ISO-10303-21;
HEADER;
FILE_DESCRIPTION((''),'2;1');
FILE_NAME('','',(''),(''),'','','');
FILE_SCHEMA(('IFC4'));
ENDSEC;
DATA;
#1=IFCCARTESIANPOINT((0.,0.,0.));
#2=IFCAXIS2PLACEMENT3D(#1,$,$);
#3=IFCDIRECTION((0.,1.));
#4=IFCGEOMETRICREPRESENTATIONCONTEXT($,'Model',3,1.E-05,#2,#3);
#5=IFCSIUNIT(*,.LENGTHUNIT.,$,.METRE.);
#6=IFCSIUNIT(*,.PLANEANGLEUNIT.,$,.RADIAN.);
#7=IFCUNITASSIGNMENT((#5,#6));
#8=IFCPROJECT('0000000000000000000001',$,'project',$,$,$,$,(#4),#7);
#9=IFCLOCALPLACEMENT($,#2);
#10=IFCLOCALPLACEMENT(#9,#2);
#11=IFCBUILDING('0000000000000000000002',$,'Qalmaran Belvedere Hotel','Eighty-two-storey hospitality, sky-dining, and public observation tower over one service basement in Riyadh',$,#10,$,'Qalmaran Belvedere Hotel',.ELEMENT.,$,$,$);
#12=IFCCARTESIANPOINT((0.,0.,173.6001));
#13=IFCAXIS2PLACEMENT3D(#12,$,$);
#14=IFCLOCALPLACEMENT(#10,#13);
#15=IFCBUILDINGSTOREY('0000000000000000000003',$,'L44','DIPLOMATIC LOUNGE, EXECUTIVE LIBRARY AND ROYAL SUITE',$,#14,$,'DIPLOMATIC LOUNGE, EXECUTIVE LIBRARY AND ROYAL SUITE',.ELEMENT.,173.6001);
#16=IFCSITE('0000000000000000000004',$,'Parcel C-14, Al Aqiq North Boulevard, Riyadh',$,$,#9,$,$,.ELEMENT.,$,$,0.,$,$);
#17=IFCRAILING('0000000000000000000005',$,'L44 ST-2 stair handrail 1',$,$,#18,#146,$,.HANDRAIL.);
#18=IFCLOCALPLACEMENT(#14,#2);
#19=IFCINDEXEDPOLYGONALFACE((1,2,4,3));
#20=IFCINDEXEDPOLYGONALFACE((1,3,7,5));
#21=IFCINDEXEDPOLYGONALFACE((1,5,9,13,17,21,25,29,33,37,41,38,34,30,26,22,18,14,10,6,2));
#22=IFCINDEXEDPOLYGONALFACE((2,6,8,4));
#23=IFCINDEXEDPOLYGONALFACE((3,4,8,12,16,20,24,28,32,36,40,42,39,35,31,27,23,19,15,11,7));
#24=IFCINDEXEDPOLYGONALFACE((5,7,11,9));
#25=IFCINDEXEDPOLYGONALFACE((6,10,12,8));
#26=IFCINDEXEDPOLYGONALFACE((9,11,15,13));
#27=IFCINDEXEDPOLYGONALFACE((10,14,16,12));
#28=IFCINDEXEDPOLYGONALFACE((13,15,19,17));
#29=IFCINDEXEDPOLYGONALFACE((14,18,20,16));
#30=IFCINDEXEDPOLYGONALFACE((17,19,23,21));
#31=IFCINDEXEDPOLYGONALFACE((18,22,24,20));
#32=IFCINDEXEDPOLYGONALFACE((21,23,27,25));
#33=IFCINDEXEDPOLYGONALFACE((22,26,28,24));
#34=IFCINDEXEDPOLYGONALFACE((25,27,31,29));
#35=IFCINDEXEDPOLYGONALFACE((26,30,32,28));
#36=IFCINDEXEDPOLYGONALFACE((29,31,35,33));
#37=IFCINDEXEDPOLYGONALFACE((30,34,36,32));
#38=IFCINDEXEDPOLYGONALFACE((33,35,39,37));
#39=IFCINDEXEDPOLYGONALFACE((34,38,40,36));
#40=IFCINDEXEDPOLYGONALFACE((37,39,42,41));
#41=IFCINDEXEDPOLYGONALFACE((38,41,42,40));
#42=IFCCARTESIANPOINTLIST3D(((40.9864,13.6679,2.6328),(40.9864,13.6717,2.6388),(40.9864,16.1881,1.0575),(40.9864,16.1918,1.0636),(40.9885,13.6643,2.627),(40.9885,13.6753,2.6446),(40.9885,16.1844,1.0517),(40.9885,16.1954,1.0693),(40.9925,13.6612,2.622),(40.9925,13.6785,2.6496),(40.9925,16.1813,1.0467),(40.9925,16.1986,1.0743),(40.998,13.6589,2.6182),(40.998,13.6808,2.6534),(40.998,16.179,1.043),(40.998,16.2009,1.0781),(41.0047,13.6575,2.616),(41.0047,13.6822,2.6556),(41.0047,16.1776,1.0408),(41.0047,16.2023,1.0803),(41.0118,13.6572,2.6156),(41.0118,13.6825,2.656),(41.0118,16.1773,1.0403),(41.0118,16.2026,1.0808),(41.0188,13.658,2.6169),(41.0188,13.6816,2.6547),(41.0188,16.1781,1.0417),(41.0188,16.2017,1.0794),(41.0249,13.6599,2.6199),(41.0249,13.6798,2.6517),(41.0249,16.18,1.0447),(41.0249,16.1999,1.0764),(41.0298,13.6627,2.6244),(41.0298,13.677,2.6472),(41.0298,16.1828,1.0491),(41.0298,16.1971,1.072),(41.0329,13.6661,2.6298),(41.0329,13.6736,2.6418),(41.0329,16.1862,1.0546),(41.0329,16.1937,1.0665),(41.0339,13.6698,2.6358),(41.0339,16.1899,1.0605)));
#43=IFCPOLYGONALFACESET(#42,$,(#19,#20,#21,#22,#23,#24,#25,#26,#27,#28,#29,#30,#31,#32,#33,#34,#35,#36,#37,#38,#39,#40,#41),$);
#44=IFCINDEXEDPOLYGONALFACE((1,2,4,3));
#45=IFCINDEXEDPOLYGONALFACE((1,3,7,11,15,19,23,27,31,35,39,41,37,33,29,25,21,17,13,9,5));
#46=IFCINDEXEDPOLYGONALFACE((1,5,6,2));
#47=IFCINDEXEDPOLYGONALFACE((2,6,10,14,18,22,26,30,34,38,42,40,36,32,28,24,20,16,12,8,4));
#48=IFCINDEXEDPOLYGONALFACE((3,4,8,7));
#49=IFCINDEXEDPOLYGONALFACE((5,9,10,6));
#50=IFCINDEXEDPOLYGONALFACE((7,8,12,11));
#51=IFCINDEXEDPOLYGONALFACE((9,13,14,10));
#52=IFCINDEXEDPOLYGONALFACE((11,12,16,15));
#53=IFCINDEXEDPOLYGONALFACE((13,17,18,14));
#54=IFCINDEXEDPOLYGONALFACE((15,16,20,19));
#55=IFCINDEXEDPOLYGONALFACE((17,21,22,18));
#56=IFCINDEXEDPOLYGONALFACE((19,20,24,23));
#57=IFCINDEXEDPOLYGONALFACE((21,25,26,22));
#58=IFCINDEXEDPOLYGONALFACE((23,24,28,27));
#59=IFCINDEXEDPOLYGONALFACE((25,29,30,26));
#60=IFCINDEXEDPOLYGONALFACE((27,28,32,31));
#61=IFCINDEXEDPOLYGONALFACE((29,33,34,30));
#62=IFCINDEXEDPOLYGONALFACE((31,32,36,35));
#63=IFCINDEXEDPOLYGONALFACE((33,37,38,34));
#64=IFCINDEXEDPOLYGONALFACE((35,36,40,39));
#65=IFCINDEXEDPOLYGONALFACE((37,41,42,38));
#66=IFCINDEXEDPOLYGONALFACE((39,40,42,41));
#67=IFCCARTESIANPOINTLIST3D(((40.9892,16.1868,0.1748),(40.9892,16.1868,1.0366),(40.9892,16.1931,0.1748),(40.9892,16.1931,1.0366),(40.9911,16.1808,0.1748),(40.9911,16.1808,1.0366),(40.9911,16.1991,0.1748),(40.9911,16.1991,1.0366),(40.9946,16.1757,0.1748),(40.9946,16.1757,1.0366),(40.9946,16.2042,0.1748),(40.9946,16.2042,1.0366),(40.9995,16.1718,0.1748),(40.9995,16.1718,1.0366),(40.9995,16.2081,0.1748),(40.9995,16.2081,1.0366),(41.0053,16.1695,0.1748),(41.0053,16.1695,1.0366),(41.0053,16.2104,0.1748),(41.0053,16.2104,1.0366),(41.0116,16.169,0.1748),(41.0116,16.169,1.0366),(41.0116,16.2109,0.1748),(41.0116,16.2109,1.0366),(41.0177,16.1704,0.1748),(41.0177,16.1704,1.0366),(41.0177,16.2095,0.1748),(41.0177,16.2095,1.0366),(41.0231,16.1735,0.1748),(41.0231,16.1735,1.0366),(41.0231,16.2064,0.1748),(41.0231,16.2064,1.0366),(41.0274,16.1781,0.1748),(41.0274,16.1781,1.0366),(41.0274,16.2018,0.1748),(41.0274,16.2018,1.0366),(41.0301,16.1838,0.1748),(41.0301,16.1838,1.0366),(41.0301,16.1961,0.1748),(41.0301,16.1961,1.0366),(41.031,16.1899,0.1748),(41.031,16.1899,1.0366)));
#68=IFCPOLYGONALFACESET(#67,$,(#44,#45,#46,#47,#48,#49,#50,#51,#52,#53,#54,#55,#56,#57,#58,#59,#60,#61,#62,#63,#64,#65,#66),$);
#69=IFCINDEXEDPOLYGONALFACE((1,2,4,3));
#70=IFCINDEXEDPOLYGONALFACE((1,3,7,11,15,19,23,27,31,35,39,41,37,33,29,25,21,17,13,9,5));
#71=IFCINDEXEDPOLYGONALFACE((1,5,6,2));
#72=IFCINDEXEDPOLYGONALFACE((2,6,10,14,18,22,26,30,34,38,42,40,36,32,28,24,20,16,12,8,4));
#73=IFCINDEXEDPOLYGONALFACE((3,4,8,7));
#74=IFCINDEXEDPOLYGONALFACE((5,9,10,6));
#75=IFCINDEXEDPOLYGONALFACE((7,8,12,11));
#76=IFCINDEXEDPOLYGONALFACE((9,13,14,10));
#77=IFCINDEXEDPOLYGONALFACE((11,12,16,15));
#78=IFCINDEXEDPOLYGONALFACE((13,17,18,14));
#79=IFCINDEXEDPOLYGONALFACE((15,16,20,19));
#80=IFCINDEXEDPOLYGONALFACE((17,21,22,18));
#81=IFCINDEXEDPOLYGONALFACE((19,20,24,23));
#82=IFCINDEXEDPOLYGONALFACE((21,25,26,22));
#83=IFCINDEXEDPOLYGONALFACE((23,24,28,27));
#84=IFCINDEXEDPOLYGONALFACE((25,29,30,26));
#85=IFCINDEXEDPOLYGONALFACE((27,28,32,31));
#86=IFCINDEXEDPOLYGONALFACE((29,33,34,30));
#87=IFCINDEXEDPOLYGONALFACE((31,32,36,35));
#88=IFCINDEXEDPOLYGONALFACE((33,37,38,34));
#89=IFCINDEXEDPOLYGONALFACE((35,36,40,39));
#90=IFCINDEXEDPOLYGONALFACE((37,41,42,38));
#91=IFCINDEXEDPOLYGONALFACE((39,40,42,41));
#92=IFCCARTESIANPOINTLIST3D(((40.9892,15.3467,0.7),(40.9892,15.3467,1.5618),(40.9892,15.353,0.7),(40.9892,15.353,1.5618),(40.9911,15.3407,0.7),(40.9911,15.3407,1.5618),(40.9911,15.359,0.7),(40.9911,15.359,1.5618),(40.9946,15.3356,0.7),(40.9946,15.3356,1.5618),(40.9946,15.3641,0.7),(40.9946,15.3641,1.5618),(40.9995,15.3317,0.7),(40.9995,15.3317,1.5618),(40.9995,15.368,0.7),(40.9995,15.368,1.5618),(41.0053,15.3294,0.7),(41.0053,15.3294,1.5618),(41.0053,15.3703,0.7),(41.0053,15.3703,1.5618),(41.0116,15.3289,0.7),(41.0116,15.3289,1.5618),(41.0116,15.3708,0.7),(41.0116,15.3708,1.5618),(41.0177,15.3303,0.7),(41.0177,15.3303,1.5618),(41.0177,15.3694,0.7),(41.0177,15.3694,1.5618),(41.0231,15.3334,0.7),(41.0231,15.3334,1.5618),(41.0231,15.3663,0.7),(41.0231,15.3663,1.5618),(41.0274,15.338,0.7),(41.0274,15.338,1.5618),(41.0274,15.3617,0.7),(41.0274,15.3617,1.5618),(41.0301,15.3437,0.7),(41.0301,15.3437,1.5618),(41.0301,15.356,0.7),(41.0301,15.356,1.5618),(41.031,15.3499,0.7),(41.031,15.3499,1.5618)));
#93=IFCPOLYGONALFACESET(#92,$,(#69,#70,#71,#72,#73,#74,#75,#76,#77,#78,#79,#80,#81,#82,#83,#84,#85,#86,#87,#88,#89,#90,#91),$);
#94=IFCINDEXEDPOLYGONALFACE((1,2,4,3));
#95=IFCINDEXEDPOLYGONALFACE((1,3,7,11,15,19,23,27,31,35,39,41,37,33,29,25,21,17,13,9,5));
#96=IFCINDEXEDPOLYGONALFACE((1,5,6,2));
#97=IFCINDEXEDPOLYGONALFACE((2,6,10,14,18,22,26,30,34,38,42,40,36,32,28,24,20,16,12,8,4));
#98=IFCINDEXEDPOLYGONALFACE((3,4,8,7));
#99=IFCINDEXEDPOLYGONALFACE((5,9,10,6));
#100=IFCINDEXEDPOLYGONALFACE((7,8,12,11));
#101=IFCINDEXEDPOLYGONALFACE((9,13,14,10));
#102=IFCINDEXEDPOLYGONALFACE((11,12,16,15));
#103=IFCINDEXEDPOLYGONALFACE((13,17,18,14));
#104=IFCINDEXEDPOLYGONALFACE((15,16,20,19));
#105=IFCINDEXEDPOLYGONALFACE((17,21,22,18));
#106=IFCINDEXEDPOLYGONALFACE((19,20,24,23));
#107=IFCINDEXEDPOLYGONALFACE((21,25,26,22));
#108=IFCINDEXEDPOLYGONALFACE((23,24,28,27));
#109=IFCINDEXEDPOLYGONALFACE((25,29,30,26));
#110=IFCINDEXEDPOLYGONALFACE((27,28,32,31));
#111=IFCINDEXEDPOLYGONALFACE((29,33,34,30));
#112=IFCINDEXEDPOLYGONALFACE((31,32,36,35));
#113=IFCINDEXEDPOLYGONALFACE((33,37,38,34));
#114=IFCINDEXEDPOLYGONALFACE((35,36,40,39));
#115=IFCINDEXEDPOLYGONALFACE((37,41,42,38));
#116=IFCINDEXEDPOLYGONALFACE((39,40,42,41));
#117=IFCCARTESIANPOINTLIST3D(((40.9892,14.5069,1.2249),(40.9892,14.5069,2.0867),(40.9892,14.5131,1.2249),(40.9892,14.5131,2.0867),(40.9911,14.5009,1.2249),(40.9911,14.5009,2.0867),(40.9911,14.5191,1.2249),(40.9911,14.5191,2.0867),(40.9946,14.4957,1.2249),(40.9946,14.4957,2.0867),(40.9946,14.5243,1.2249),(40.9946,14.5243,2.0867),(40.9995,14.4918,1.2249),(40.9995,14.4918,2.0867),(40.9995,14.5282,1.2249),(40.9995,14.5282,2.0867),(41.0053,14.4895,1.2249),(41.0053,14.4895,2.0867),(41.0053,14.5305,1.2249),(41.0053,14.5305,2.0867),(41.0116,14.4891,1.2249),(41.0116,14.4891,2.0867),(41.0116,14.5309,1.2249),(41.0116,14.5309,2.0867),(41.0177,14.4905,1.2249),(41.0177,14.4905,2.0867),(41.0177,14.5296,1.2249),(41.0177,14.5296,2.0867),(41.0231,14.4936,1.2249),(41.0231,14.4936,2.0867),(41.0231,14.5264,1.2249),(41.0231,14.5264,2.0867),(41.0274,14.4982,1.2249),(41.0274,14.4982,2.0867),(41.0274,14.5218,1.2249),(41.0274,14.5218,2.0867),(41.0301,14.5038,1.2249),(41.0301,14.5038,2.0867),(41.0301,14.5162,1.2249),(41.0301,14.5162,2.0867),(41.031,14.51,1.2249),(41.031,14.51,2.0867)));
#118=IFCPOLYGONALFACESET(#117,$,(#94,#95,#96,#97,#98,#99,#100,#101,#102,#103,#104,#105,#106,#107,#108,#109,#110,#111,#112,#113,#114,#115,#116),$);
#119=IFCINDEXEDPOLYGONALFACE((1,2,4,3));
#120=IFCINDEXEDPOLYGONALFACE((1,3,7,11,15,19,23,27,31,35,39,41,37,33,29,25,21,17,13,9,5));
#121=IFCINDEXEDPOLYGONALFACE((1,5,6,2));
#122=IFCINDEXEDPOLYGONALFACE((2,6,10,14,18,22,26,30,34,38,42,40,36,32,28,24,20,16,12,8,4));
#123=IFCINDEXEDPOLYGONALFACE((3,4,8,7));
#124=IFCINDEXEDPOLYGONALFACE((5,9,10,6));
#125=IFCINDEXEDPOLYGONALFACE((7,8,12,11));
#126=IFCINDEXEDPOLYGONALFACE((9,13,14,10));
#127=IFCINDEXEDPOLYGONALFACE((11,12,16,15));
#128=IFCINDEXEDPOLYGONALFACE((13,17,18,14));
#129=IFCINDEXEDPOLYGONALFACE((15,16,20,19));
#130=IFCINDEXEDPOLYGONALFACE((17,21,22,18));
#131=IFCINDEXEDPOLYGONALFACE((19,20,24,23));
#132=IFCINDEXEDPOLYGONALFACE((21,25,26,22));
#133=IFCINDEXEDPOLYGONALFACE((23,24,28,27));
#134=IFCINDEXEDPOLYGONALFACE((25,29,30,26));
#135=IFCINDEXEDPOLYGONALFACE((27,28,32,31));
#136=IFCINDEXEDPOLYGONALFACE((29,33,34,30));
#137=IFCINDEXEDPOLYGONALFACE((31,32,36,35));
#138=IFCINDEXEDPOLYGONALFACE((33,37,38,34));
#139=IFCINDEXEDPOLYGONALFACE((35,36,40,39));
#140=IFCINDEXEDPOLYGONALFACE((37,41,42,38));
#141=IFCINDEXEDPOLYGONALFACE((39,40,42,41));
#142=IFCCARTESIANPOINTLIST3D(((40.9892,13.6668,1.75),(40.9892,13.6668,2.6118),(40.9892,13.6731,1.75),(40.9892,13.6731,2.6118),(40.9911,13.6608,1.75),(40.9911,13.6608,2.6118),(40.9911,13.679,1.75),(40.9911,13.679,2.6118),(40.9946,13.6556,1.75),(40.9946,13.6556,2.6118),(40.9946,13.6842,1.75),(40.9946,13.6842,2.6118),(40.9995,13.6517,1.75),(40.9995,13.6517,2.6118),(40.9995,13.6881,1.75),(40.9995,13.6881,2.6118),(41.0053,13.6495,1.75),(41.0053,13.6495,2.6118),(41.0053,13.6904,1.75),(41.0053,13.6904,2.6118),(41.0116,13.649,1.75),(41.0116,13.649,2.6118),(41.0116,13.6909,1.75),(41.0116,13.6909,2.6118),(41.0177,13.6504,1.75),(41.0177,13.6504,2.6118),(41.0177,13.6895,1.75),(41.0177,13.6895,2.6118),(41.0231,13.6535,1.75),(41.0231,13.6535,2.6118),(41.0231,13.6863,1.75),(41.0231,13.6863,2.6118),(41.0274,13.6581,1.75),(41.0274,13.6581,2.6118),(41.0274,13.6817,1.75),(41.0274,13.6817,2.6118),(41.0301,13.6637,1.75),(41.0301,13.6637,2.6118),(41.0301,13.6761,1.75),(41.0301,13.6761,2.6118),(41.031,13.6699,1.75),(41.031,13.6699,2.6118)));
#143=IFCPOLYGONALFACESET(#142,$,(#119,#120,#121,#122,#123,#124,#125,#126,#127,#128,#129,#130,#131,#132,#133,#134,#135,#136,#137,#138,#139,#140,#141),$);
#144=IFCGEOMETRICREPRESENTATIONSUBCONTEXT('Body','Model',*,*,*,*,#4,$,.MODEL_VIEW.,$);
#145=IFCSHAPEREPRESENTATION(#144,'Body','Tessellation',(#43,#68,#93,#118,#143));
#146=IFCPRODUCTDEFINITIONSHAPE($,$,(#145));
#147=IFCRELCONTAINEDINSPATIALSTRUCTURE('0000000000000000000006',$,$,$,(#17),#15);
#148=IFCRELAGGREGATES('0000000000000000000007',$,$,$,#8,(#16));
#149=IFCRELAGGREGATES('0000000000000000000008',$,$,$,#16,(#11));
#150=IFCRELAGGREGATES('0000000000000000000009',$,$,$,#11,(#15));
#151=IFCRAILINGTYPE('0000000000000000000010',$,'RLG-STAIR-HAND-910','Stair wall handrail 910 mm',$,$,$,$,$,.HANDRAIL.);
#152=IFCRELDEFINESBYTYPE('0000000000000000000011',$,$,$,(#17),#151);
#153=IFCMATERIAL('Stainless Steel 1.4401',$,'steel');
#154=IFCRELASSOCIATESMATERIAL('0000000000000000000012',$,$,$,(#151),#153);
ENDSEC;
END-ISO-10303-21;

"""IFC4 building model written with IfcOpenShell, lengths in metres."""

from ifc_helpers import new_model, si_unit, direction, frame, origin, origin_2d, place, context, subcontext, project, spatial, circle, extrude, material, type_object, element, save


model = new_model("IFC4")

# Units and contexts
model_context = context("Model", 3, precision=1e-05, world=origin(), true_north=direction((0.0, 1.0)))
body_context = subcontext(model_context, "Body", "Model", "MODEL_VIEW")
ifc_project = project(units=[si_unit("LENGTHUNIT", "METRE"), si_unit("PLANEANGLEUNIT", "RADIAN")], contexts=[model_context])

# Site, building, storey
site_placement = place(None, origin())
site = spatial("IfcSite", under=ifc_project, at=site_placement, Name="Parcel C-14, Al Aqiq North Boulevard, Riyadh", CompositionType="ELEMENT", RefElevation=0.0)
building_placement = place(site_placement, origin())
building = spatial("IfcBuilding", under=site, at=building_placement, Name="Qalmaran Belvedere Hotel", Description="Eighty-two-storey hospitality, sky-dining, and public observation tower over one service basement in Riyadh", LongName="Qalmaran Belvedere Hotel", CompositionType="ELEMENT")
storey_placement = place(building_placement, frame((0.0, 0.0, 173.6001)))
storey = spatial("IfcBuildingStorey", under=building, at=storey_placement, Name="L44", Description="DIPLOMATIC LOUNGE, EXECUTIVE LIBRARY AND ROYAL SUITE", LongName="DIPLOMATIC LOUNGE, EXECUTIVE LIBRARY AND ROYAL SUITE", CompositionType="ELEMENT", Elevation=173.6001)

# Shared definitions
ifc_material_1 = material(Name="Stainless Steel 1.4401", Category="steel")

# Railing
railing_type = type_object("IfcRailingType", Name="RLG-STAIR-HAND-910", Description="Stair wall handrail 910 mm", PredefinedType="HANDRAIL", material=ifc_material_1)
railing_placement = place(storey_placement, frame((41.01, 16.1899, 0.1748)))
element("IfcRailing", 1, at=railing_placement, inside=storey, type_object=railing_type, Name="L44 ST-2 stair handrail 1", PredefinedType="HANDRAIL", context=body_context, shape_type="SweptSolid", body=[
    extrude(circle(Radius=0.0239, at=origin_2d()), frame((0.0, 0.0, 0.8857), z_axis=(0.0, -0.847971, 0.530043), x_axis=(1.0, 0.0, 0.0)), (0.0, 0.0, 1.0), 2.9719),
    extrude(circle(Radius=0.021, at=origin_2d()), origin(), (0.0, 0.0, 1.0), 0.8618),
    extrude(circle(Radius=0.021, at=origin_2d()), frame((0.0, -0.8401, 0.5251)), (0.0, 0.0, 1.0), 0.8618),
    extrude(circle(Radius=0.021, at=origin_2d()), frame((0.0, -1.6799, 1.05)), (0.0, 0.0, 1.0), 0.8618),
    extrude(circle(Radius=0.021, at=origin_2d()), frame((0.0, -2.52, 1.5752)), (0.0, 0.0, 1.0), 0.8618),
])

save(model, "model.ifc")
